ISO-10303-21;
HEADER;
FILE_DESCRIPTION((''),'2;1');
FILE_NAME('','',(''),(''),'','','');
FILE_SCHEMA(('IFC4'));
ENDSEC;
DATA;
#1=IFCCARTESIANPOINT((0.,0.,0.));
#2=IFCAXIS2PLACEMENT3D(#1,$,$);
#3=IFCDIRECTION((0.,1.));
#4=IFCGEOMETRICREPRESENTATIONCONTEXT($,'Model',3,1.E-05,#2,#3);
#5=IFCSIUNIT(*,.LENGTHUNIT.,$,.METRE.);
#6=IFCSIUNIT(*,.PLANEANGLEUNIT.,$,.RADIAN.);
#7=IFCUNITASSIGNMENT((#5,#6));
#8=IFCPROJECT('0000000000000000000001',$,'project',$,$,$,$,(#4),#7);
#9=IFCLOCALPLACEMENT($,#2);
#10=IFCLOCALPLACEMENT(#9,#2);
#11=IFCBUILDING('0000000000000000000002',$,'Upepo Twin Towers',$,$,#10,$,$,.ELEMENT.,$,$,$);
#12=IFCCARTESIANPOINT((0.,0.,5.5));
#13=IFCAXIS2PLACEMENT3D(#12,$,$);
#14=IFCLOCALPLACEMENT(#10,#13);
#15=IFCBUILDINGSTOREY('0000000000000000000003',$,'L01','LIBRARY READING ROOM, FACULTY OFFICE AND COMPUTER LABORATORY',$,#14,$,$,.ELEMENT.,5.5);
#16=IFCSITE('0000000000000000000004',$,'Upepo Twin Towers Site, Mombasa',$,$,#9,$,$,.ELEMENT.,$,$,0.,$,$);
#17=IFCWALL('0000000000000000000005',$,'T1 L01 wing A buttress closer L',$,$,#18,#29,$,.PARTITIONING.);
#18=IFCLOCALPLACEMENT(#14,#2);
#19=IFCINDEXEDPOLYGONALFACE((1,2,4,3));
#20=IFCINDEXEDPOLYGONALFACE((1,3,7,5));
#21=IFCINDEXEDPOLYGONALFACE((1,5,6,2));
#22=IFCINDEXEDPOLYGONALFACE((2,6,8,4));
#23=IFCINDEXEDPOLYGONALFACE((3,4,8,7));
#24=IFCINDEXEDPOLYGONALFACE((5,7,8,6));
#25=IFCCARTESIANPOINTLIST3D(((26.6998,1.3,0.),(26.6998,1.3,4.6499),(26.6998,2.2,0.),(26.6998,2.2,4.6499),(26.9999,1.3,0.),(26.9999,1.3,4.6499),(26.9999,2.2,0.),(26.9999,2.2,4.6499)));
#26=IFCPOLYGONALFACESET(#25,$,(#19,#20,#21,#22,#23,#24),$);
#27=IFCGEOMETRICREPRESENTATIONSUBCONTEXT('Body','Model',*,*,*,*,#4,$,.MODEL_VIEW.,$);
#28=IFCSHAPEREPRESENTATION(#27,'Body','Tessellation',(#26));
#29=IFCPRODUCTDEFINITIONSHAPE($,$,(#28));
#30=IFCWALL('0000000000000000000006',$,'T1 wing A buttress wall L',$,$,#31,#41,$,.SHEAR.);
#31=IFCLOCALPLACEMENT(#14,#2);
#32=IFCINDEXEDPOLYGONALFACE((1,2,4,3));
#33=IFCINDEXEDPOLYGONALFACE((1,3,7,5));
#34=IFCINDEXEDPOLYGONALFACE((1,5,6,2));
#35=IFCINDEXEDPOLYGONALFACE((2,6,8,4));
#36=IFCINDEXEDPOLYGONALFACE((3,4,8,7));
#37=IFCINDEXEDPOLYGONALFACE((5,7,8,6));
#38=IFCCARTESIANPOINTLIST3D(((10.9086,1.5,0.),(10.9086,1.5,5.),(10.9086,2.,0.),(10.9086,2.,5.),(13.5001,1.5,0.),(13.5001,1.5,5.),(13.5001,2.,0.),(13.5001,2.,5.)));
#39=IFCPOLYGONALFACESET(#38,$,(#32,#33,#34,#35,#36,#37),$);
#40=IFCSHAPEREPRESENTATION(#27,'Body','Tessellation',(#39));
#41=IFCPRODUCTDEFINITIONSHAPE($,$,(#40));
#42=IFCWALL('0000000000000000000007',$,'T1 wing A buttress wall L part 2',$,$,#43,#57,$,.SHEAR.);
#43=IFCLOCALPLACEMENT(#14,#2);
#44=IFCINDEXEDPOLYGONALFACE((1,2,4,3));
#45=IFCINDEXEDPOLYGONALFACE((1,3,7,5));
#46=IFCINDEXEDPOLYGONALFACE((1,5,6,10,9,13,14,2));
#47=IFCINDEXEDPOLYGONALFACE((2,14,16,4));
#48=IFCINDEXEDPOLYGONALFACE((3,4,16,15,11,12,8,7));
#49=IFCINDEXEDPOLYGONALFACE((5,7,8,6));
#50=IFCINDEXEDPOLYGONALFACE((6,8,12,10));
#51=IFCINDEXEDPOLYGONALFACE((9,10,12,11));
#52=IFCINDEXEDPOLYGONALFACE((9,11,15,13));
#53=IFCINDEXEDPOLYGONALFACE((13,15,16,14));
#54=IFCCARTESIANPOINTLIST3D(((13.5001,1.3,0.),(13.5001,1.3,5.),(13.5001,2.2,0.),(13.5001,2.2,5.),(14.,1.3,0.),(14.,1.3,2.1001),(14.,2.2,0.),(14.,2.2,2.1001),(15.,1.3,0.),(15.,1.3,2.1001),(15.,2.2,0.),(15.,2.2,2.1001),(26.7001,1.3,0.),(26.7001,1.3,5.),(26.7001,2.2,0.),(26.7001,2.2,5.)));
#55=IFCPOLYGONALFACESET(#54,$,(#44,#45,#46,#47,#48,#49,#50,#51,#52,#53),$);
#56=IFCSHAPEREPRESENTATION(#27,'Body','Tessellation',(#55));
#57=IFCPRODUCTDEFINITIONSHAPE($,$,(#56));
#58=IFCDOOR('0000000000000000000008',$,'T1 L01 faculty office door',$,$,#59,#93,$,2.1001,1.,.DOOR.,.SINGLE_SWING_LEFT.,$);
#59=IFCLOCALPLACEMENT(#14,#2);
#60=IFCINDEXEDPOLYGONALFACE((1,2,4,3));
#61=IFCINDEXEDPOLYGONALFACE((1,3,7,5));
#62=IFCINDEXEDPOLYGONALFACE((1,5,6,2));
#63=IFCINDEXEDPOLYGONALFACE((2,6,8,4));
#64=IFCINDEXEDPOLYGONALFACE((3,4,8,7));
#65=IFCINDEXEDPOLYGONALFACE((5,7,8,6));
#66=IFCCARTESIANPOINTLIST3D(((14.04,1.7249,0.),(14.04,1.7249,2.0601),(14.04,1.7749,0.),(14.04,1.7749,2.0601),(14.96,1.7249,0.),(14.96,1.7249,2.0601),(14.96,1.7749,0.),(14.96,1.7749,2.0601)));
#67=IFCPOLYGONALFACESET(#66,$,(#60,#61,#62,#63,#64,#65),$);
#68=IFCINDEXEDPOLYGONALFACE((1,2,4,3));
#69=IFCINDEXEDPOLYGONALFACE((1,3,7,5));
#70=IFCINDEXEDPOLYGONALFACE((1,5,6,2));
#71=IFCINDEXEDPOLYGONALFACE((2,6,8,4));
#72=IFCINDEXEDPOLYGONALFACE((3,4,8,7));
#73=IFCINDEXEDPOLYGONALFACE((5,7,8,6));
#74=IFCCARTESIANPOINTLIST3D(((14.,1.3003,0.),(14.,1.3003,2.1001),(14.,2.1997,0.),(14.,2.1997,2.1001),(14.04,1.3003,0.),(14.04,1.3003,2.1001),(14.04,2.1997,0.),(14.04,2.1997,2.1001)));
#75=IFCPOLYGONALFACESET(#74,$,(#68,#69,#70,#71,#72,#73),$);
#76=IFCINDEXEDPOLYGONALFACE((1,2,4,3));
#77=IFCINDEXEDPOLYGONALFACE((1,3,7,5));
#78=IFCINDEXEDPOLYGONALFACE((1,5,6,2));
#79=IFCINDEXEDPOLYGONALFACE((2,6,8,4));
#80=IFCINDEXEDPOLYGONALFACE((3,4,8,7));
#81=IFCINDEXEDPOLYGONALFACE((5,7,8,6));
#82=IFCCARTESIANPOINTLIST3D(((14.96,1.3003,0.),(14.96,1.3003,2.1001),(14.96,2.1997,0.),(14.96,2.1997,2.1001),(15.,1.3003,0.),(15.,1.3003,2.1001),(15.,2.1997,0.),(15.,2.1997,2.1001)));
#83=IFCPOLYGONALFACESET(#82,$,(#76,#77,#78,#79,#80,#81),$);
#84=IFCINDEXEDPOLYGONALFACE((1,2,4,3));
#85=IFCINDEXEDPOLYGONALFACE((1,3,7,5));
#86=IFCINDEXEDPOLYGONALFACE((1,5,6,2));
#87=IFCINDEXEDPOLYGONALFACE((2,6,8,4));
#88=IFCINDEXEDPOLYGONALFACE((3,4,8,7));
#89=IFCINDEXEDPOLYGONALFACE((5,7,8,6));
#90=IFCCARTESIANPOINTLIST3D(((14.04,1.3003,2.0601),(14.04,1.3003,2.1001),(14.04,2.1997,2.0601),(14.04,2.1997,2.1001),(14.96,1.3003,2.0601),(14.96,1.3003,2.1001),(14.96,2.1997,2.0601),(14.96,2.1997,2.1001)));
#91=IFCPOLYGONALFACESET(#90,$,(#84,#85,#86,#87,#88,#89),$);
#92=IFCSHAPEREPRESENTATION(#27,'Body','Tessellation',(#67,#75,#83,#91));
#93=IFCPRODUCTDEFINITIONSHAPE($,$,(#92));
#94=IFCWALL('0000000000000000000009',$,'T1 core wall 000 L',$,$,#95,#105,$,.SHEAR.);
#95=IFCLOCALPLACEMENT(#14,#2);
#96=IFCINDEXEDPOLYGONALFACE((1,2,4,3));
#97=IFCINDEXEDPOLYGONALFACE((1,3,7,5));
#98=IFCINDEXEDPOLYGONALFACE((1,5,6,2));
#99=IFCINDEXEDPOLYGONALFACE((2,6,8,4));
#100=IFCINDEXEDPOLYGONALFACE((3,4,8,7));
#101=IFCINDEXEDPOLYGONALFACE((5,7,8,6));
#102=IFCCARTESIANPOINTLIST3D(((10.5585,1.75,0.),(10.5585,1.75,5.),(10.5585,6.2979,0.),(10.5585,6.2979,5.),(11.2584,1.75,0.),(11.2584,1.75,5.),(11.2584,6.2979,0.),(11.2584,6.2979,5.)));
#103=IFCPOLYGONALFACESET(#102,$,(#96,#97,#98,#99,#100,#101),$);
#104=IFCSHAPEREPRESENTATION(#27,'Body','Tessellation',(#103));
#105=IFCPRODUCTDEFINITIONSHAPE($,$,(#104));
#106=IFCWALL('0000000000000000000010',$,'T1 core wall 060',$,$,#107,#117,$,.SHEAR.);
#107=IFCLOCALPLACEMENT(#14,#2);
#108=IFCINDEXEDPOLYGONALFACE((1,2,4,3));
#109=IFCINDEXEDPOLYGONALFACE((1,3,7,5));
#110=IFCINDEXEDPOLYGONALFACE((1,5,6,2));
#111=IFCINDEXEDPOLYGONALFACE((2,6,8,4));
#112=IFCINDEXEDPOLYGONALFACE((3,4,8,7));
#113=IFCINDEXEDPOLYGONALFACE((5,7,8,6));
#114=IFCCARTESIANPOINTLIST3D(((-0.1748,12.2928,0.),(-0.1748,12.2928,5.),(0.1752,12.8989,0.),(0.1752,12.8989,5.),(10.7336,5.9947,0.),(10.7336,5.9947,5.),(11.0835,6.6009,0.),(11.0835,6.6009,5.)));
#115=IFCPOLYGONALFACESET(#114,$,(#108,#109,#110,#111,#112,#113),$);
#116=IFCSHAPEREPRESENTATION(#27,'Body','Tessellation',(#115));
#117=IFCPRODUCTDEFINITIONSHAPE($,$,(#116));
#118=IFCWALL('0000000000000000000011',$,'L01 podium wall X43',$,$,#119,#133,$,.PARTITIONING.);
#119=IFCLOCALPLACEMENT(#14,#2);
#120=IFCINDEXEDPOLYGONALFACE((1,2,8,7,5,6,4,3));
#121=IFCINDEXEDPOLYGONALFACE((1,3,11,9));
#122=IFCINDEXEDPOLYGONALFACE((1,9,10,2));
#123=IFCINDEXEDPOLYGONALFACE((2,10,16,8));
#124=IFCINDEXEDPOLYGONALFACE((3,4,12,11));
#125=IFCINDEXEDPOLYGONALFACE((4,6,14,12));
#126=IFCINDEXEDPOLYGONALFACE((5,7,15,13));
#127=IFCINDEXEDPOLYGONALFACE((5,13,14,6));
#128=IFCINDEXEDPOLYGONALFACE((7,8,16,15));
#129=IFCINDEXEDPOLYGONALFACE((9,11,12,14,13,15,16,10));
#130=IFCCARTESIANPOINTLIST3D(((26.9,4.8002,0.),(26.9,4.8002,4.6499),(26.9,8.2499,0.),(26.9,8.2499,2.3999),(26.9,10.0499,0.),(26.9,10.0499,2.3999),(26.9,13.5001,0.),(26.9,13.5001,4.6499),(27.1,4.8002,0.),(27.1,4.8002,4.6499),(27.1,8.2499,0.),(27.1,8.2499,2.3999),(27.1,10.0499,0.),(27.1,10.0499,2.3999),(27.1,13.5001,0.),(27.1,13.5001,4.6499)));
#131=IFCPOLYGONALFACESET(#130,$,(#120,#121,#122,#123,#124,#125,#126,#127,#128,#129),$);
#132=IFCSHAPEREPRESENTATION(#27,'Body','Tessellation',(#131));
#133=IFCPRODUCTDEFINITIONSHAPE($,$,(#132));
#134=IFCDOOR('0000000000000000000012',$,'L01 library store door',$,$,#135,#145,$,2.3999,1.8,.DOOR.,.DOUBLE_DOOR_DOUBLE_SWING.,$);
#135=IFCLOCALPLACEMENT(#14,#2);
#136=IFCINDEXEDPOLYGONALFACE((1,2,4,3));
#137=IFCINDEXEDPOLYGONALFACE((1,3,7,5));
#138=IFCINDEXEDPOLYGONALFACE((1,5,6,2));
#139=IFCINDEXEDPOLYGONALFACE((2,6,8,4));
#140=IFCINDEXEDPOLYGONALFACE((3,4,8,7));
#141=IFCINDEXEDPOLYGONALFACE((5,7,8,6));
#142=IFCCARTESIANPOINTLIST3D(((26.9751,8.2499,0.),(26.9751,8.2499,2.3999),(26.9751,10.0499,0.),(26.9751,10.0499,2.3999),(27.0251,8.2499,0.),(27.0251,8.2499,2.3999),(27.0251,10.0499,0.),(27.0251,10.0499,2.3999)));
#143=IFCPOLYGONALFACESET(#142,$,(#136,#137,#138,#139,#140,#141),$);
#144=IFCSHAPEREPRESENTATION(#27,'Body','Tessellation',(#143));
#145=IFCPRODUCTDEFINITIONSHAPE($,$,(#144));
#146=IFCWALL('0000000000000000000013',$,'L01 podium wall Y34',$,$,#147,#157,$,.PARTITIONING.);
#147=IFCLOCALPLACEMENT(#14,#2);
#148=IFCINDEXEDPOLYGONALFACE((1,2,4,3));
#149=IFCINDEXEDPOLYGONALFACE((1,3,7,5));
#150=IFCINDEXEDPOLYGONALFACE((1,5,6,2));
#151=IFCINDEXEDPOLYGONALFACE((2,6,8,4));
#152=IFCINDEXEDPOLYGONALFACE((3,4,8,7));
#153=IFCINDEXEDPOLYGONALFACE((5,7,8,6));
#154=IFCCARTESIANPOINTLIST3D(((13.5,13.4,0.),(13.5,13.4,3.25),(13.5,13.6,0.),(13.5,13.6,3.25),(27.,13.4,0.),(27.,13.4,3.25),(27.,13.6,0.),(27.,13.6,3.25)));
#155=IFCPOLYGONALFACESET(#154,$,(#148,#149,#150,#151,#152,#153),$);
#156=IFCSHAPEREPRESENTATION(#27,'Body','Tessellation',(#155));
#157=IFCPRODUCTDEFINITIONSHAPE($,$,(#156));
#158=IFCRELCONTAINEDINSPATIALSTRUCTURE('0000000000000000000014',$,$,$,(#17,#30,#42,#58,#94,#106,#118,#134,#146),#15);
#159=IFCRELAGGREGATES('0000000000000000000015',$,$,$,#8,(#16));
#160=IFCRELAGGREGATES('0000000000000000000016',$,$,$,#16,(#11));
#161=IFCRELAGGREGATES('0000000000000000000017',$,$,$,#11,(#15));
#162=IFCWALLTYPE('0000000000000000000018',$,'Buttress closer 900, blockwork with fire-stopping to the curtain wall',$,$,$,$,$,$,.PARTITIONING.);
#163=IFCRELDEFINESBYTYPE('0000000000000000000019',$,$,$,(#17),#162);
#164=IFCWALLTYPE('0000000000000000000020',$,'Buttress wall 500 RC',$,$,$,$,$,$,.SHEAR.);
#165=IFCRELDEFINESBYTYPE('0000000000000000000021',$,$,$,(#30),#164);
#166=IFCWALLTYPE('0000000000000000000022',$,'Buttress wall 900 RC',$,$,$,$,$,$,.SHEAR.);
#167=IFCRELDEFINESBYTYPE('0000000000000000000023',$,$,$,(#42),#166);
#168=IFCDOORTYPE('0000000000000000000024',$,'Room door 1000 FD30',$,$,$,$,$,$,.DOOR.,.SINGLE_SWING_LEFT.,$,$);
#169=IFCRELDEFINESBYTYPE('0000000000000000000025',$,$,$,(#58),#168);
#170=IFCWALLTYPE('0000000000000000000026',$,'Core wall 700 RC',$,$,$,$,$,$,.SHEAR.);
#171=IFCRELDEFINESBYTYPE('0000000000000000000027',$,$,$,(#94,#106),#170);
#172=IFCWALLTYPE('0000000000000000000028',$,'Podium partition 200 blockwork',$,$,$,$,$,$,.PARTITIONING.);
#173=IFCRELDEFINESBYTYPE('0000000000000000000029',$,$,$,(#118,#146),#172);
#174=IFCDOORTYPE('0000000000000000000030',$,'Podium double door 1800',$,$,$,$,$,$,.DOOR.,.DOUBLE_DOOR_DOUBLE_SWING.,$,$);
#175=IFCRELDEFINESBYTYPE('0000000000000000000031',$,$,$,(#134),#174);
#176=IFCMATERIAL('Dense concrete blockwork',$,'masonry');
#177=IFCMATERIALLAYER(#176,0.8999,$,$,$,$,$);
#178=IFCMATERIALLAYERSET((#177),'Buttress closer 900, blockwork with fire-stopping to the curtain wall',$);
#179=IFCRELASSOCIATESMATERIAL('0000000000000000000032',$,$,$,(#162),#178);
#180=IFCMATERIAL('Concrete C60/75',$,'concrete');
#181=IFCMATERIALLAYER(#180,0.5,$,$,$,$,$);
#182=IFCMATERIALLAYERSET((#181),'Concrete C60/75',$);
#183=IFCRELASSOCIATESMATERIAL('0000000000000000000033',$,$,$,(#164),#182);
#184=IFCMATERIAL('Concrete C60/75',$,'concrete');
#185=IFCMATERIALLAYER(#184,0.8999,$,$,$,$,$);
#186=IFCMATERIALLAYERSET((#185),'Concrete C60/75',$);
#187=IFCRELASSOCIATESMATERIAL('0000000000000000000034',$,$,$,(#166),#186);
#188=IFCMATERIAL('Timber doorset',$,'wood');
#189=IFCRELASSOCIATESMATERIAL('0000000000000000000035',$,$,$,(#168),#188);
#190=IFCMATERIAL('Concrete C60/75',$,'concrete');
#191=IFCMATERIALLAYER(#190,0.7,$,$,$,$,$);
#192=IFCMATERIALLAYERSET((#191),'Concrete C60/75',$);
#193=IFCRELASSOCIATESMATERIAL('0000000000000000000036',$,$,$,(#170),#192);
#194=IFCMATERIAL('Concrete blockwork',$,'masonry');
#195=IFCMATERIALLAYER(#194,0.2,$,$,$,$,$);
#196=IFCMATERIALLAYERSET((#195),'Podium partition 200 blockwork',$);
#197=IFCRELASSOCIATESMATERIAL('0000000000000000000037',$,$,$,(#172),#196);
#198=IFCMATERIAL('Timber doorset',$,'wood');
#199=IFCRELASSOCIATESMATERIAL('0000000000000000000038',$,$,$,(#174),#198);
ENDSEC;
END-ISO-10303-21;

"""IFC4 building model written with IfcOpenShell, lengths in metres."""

from ifc_helpers import new_model, si_unit, direction, frame, frame_2d, origin, place, context, subcontext, project, spatial, rectangle, extrude, material, layer, layer_set, type_object, element, fill, save


model = new_model("IFC4")

# Units and contexts
model_context = context("Model", 3, precision=1e-05, world=origin(), true_north=direction((0.0, 1.0)))
body_context = subcontext(model_context, "Body", "Model", "MODEL_VIEW")
ifc_project = project(units=[si_unit("LENGTHUNIT", "METRE"), si_unit("PLANEANGLEUNIT", "RADIAN")], contexts=[model_context])

# Site, building, storey
site_placement = place(None, origin())
site = spatial("IfcSite", under=ifc_project, at=site_placement, Name="Upepo Twin Towers Site, Mombasa", CompositionType="ELEMENT", RefElevation=0.0)
building_placement = place(site_placement, origin())
building = spatial("IfcBuilding", under=site, at=building_placement, Name="Upepo Twin Towers", CompositionType="ELEMENT")
storey_placement = place(building_placement, frame((0.0, 0.0, 5.5)))
storey = spatial("IfcBuildingStorey", under=building, at=storey_placement, Name="L01", Description="LIBRARY READING ROOM, FACULTY OFFICE AND COMPUTER LABORATORY", CompositionType="ELEMENT", Elevation=5.5)

# Walls
ifc_material_1 = material(Name="Dense concrete blockwork", Category="masonry")
ifc_layer_1 = layer(ifc_material_1, 0.8999)
ifc_layer_set_1 = layer_set([ifc_layer_1], Name="Buttress closer 900, blockwork with fire-stopping to the curtain wall")
wall_type_1 = type_object("IfcWallType", Name="Buttress closer 900, blockwork with fire-stopping to the curtain wall", PredefinedType="PARTITIONING", material=ifc_layer_set_1)
wall_1_placement = place(storey_placement, frame((26.7, 1.75, 0.0), z_axis=(0.0, 0.0, 1.0), x_axis=(1.0, 0.0, 0.0)))
element("IfcWall", 1, at=wall_1_placement, inside=storey, type_object=wall_type_1, Name="T1 L01 wing A buttress closer L", PredefinedType="PARTITIONING", context=body_context, shape_type="SweptSolid", body=[
    extrude(rectangle(XDim=0.3, YDim=0.8999, at=frame_2d((0.1499, 0.0))), origin(), (0.0, 0.0, 1.0), 4.6499),
])
ifc_material_2 = material(Name="Concrete C60/75", Category="concrete")
ifc_layer_2 = layer(ifc_material_2, 0.5)
ifc_layer_set_2 = layer_set([ifc_layer_2], Name="Concrete C60/75")
wall_type_2 = type_object("IfcWallType", Name="Buttress wall 500 RC", PredefinedType="SHEAR", material=ifc_layer_set_2)
wall_2_placement = place(storey_placement, frame((10.9084, 1.75, 0.0), z_axis=(0.0, 0.0, 1.0), x_axis=(1.0, 0.0, 0.0)))
element("IfcWall", 2, at=wall_2_placement, inside=storey, type_object=wall_type_2, Name="T1 wing A buttress wall L", PredefinedType="SHEAR", context=body_context, shape_type="SweptSolid", body=[
    extrude(rectangle(XDim=2.5916, YDim=0.5, at=frame_2d((1.2959, 0.0))), origin(), (0.0, 0.0, 1.0), 5.0),
])

# Wall, opening, door
ifc_material_3 = material(Name="Concrete C60/75", Category="concrete")
ifc_layer_3 = layer(ifc_material_3, 0.8999)
ifc_layer_set_3 = layer_set([ifc_layer_3], Name="Concrete C60/75")
wall_type_3 = type_object("IfcWallType", Name="Buttress wall 900 RC", PredefinedType="SHEAR", material=ifc_layer_set_3)
wall_3_placement = place(storey_placement, frame((13.5, 1.75, 0.0), z_axis=(0.0, 0.0, 1.0), x_axis=(1.0, 0.0, 0.0)))
wall_3 = element("IfcWall", 3, at=wall_3_placement, inside=storey, type_object=wall_type_3, Name="T1 wing A buttress wall L part 2", PredefinedType="SHEAR", context=body_context, shape_type="SweptSolid", body=[
    extrude(rectangle(XDim=13.2, YDim=0.8999, at=frame_2d((6.6001, 0.0))), origin(), (0.0, 0.0, 1.0), 5.0),
])
opening_1_placement = place(wall_3_placement, frame((0.5, 0.0, 0.0)))
opening_1 = element("IfcOpeningElement", 4, at=opening_1_placement, cuts=wall_3, PredefinedType="OPENING", context=body_context, shape_type="SweptSolid", body=[
    extrude(rectangle(XDim=1.0, YDim=2.1001, at=frame_2d((0.5, 1.05))), frame((0.0, 0.46, 0.0), z_axis=(0.0, -1.0, 0.0), x_axis=(1.0, 0.0, 0.0)), (0.0, 0.0, 1.0), 0.9199),
])
ifc_material_4 = material(Name="Timber doorset", Category="wood")
door_type_1 = type_object("IfcDoorType", Name="Room door 1000 FD30", OperationType="SINGLE_SWING_LEFT", PredefinedType="DOOR", material=ifc_material_4)
door_1_placement = place(opening_1_placement, origin())
door_1 = element("IfcDoor", 5, at=door_1_placement, inside=storey, type_object=door_type_1, Name="T1 L01 faculty office door", OperationType="SINGLE_SWING_LEFT", OverallHeight=2.1001, OverallWidth=1.0, PredefinedType="DOOR", context=body_context, shape_type="SweptSolid", body=[
    extrude(rectangle(XDim=0.92, YDim=2.0601, at=frame_2d((0.5, 1.03))), frame((0.0, 0.0249, 0.0), z_axis=(0.0, -1.0, 0.0), x_axis=(1.0, 0.0, 0.0)), (0.0, 0.0, 1.0), 0.05),
    extrude(rectangle(XDim=0.04, YDim=2.1001, at=frame_2d((0.02, 1.05))), frame((0.0, 0.4497, 0.0), z_axis=(0.0, -1.0, 0.0), x_axis=(1.0, 0.0, 0.0)), (0.0, 0.0, 1.0), 0.8994),
    extrude(rectangle(XDim=0.04, YDim=2.1001, at=frame_2d((0.98, 1.05))), frame((0.0, 0.4497, 0.0), z_axis=(0.0, -1.0, 0.0), x_axis=(1.0, 0.0, 0.0)), (0.0, 0.0, 1.0), 0.8994),
    extrude(rectangle(XDim=0.92, YDim=0.04, at=frame_2d((0.5, 2.0801))), frame((0.0, 0.4497, 0.0), z_axis=(0.0, -1.0, 0.0), x_axis=(1.0, 0.0, 0.0)), (0.0, 0.0, 1.0), 0.8994),
])
fill(opening_1, door_1)

# Walls
ifc_material_5 = material(Name="Concrete C60/75", Category="concrete")
ifc_layer_4 = layer(ifc_material_5, 0.7)
ifc_layer_set_4 = layer_set([ifc_layer_4], Name="Concrete C60/75")
wall_type_4 = type_object("IfcWallType", Name="Core wall 700 RC", PredefinedType="SHEAR", material=ifc_layer_set_4)
wall_4_placement = place(storey_placement, frame((10.9084, 1.75, 0.0), z_axis=(0.0, 0.0, 1.0), x_axis=(0.0, 1.0, 0.0)))
element("IfcWall", 6, at=wall_4_placement, inside=storey, type_object=wall_type_4, Name="T1 core wall 000 L", PredefinedType="SHEAR", context=body_context, shape_type="SweptSolid", body=[
    extrude(rectangle(XDim=4.5479, YDim=0.7, at=frame_2d((2.2739, 0.0))), origin(), (0.0, 0.0, 1.0), 5.0),
])
wall_5_placement = place(storey_placement, frame((10.9084, 6.2979, 0.0), z_axis=(0.0, 0.0, 1.0), x_axis=(-0.866022, 0.500006, 0.0)))
element("IfcWall", 7, at=wall_5_placement, inside=storey, type_object=wall_type_4, Name="T1 core wall 060", PredefinedType="SHEAR", context=body_context, shape_type="SweptSolid", body=[
    extrude(rectangle(XDim=12.5959, YDim=0.7, at=frame_2d((6.2979, 0.0))), origin(), (0.0, 0.0, 1.0), 5.0),
])

# Wall, opening, door
ifc_material_6 = material(Name="Concrete blockwork", Category="masonry")
ifc_layer_5 = layer(ifc_material_6, 0.2)
ifc_layer_set_5 = layer_set([ifc_layer_5], Name="Podium partition 200 blockwork")
wall_type_5 = type_object("IfcWallType", Name="Podium partition 200 blockwork", PredefinedType="PARTITIONING", material=ifc_layer_set_5)
wall_6_placement = place(storey_placement, frame((27.0, 4.8, 0.0), z_axis=(0.0, 0.0, 1.0), x_axis=(0.0, 1.0, 0.0)))
wall_6 = element("IfcWall", 8, at=wall_6_placement, inside=storey, type_object=wall_type_5, Name="L01 podium wall X43", PredefinedType="PARTITIONING", context=body_context, shape_type="SweptSolid", body=[
    extrude(rectangle(XDim=8.7, YDim=0.2, at=frame_2d((4.3501, 0.0))), origin(), (0.0, 0.0, 1.0), 4.6499),
])
opening_2_placement = place(wall_6_placement, frame((3.45, 0.0, 0.0)))
opening_2 = element("IfcOpeningElement", 9, at=opening_2_placement, cuts=wall_6, PredefinedType="OPENING", context=body_context, shape_type="SweptSolid", body=[
    extrude(rectangle(XDim=1.8, YDim=2.3999, at=frame_2d((0.8999, 1.2))), frame((0.0, 0.1099, 0.0), z_axis=(0.0, -1.0, 0.0), x_axis=(1.0, 0.0, 0.0)), (0.0, 0.0, 1.0), 0.22),
])
ifc_material_7 = material(Name="Timber doorset", Category="wood")
door_type_2 = type_object("IfcDoorType", Name="Podium double door 1800", OperationType="DOUBLE_DOOR_DOUBLE_SWING", PredefinedType="DOOR", material=ifc_material_7)
door_2_placement = place(opening_2_placement, origin())
door_2 = element("IfcDoor", 10, at=door_2_placement, inside=storey, type_object=door_type_2, Name="L01 library store door", OperationType="DOUBLE_DOOR_DOUBLE_SWING", OverallHeight=2.3999, OverallWidth=1.8, PredefinedType="DOOR", context=body_context, shape_type="SweptSolid", body=[
    extrude(rectangle(XDim=1.8, YDim=2.3999, at=frame_2d((0.8999, 1.2))), frame((0.0, 0.0249, 0.0), z_axis=(0.0, -1.0, 0.0), x_axis=(1.0, 0.0, 0.0)), (0.0, 0.0, 1.0), 0.05),
])
fill(opening_2, door_2)

# Wall
wall_7_placement = place(storey_placement, frame((13.5, 13.5, 0.0), z_axis=(0.0, 0.0, 1.0), x_axis=(1.0, 0.0, 0.0)))
element("IfcWall", 11, at=wall_7_placement, inside=storey, type_object=wall_type_5, Name="L01 podium wall Y34", PredefinedType="PARTITIONING", context=body_context, shape_type="SweptSolid", body=[
    extrude(rectangle(XDim=13.5, YDim=0.2, at=frame_2d((6.75, 0.0))), origin(), (0.0, 0.0, 1.0), 3.25),
])

save(model, "model.ifc")
